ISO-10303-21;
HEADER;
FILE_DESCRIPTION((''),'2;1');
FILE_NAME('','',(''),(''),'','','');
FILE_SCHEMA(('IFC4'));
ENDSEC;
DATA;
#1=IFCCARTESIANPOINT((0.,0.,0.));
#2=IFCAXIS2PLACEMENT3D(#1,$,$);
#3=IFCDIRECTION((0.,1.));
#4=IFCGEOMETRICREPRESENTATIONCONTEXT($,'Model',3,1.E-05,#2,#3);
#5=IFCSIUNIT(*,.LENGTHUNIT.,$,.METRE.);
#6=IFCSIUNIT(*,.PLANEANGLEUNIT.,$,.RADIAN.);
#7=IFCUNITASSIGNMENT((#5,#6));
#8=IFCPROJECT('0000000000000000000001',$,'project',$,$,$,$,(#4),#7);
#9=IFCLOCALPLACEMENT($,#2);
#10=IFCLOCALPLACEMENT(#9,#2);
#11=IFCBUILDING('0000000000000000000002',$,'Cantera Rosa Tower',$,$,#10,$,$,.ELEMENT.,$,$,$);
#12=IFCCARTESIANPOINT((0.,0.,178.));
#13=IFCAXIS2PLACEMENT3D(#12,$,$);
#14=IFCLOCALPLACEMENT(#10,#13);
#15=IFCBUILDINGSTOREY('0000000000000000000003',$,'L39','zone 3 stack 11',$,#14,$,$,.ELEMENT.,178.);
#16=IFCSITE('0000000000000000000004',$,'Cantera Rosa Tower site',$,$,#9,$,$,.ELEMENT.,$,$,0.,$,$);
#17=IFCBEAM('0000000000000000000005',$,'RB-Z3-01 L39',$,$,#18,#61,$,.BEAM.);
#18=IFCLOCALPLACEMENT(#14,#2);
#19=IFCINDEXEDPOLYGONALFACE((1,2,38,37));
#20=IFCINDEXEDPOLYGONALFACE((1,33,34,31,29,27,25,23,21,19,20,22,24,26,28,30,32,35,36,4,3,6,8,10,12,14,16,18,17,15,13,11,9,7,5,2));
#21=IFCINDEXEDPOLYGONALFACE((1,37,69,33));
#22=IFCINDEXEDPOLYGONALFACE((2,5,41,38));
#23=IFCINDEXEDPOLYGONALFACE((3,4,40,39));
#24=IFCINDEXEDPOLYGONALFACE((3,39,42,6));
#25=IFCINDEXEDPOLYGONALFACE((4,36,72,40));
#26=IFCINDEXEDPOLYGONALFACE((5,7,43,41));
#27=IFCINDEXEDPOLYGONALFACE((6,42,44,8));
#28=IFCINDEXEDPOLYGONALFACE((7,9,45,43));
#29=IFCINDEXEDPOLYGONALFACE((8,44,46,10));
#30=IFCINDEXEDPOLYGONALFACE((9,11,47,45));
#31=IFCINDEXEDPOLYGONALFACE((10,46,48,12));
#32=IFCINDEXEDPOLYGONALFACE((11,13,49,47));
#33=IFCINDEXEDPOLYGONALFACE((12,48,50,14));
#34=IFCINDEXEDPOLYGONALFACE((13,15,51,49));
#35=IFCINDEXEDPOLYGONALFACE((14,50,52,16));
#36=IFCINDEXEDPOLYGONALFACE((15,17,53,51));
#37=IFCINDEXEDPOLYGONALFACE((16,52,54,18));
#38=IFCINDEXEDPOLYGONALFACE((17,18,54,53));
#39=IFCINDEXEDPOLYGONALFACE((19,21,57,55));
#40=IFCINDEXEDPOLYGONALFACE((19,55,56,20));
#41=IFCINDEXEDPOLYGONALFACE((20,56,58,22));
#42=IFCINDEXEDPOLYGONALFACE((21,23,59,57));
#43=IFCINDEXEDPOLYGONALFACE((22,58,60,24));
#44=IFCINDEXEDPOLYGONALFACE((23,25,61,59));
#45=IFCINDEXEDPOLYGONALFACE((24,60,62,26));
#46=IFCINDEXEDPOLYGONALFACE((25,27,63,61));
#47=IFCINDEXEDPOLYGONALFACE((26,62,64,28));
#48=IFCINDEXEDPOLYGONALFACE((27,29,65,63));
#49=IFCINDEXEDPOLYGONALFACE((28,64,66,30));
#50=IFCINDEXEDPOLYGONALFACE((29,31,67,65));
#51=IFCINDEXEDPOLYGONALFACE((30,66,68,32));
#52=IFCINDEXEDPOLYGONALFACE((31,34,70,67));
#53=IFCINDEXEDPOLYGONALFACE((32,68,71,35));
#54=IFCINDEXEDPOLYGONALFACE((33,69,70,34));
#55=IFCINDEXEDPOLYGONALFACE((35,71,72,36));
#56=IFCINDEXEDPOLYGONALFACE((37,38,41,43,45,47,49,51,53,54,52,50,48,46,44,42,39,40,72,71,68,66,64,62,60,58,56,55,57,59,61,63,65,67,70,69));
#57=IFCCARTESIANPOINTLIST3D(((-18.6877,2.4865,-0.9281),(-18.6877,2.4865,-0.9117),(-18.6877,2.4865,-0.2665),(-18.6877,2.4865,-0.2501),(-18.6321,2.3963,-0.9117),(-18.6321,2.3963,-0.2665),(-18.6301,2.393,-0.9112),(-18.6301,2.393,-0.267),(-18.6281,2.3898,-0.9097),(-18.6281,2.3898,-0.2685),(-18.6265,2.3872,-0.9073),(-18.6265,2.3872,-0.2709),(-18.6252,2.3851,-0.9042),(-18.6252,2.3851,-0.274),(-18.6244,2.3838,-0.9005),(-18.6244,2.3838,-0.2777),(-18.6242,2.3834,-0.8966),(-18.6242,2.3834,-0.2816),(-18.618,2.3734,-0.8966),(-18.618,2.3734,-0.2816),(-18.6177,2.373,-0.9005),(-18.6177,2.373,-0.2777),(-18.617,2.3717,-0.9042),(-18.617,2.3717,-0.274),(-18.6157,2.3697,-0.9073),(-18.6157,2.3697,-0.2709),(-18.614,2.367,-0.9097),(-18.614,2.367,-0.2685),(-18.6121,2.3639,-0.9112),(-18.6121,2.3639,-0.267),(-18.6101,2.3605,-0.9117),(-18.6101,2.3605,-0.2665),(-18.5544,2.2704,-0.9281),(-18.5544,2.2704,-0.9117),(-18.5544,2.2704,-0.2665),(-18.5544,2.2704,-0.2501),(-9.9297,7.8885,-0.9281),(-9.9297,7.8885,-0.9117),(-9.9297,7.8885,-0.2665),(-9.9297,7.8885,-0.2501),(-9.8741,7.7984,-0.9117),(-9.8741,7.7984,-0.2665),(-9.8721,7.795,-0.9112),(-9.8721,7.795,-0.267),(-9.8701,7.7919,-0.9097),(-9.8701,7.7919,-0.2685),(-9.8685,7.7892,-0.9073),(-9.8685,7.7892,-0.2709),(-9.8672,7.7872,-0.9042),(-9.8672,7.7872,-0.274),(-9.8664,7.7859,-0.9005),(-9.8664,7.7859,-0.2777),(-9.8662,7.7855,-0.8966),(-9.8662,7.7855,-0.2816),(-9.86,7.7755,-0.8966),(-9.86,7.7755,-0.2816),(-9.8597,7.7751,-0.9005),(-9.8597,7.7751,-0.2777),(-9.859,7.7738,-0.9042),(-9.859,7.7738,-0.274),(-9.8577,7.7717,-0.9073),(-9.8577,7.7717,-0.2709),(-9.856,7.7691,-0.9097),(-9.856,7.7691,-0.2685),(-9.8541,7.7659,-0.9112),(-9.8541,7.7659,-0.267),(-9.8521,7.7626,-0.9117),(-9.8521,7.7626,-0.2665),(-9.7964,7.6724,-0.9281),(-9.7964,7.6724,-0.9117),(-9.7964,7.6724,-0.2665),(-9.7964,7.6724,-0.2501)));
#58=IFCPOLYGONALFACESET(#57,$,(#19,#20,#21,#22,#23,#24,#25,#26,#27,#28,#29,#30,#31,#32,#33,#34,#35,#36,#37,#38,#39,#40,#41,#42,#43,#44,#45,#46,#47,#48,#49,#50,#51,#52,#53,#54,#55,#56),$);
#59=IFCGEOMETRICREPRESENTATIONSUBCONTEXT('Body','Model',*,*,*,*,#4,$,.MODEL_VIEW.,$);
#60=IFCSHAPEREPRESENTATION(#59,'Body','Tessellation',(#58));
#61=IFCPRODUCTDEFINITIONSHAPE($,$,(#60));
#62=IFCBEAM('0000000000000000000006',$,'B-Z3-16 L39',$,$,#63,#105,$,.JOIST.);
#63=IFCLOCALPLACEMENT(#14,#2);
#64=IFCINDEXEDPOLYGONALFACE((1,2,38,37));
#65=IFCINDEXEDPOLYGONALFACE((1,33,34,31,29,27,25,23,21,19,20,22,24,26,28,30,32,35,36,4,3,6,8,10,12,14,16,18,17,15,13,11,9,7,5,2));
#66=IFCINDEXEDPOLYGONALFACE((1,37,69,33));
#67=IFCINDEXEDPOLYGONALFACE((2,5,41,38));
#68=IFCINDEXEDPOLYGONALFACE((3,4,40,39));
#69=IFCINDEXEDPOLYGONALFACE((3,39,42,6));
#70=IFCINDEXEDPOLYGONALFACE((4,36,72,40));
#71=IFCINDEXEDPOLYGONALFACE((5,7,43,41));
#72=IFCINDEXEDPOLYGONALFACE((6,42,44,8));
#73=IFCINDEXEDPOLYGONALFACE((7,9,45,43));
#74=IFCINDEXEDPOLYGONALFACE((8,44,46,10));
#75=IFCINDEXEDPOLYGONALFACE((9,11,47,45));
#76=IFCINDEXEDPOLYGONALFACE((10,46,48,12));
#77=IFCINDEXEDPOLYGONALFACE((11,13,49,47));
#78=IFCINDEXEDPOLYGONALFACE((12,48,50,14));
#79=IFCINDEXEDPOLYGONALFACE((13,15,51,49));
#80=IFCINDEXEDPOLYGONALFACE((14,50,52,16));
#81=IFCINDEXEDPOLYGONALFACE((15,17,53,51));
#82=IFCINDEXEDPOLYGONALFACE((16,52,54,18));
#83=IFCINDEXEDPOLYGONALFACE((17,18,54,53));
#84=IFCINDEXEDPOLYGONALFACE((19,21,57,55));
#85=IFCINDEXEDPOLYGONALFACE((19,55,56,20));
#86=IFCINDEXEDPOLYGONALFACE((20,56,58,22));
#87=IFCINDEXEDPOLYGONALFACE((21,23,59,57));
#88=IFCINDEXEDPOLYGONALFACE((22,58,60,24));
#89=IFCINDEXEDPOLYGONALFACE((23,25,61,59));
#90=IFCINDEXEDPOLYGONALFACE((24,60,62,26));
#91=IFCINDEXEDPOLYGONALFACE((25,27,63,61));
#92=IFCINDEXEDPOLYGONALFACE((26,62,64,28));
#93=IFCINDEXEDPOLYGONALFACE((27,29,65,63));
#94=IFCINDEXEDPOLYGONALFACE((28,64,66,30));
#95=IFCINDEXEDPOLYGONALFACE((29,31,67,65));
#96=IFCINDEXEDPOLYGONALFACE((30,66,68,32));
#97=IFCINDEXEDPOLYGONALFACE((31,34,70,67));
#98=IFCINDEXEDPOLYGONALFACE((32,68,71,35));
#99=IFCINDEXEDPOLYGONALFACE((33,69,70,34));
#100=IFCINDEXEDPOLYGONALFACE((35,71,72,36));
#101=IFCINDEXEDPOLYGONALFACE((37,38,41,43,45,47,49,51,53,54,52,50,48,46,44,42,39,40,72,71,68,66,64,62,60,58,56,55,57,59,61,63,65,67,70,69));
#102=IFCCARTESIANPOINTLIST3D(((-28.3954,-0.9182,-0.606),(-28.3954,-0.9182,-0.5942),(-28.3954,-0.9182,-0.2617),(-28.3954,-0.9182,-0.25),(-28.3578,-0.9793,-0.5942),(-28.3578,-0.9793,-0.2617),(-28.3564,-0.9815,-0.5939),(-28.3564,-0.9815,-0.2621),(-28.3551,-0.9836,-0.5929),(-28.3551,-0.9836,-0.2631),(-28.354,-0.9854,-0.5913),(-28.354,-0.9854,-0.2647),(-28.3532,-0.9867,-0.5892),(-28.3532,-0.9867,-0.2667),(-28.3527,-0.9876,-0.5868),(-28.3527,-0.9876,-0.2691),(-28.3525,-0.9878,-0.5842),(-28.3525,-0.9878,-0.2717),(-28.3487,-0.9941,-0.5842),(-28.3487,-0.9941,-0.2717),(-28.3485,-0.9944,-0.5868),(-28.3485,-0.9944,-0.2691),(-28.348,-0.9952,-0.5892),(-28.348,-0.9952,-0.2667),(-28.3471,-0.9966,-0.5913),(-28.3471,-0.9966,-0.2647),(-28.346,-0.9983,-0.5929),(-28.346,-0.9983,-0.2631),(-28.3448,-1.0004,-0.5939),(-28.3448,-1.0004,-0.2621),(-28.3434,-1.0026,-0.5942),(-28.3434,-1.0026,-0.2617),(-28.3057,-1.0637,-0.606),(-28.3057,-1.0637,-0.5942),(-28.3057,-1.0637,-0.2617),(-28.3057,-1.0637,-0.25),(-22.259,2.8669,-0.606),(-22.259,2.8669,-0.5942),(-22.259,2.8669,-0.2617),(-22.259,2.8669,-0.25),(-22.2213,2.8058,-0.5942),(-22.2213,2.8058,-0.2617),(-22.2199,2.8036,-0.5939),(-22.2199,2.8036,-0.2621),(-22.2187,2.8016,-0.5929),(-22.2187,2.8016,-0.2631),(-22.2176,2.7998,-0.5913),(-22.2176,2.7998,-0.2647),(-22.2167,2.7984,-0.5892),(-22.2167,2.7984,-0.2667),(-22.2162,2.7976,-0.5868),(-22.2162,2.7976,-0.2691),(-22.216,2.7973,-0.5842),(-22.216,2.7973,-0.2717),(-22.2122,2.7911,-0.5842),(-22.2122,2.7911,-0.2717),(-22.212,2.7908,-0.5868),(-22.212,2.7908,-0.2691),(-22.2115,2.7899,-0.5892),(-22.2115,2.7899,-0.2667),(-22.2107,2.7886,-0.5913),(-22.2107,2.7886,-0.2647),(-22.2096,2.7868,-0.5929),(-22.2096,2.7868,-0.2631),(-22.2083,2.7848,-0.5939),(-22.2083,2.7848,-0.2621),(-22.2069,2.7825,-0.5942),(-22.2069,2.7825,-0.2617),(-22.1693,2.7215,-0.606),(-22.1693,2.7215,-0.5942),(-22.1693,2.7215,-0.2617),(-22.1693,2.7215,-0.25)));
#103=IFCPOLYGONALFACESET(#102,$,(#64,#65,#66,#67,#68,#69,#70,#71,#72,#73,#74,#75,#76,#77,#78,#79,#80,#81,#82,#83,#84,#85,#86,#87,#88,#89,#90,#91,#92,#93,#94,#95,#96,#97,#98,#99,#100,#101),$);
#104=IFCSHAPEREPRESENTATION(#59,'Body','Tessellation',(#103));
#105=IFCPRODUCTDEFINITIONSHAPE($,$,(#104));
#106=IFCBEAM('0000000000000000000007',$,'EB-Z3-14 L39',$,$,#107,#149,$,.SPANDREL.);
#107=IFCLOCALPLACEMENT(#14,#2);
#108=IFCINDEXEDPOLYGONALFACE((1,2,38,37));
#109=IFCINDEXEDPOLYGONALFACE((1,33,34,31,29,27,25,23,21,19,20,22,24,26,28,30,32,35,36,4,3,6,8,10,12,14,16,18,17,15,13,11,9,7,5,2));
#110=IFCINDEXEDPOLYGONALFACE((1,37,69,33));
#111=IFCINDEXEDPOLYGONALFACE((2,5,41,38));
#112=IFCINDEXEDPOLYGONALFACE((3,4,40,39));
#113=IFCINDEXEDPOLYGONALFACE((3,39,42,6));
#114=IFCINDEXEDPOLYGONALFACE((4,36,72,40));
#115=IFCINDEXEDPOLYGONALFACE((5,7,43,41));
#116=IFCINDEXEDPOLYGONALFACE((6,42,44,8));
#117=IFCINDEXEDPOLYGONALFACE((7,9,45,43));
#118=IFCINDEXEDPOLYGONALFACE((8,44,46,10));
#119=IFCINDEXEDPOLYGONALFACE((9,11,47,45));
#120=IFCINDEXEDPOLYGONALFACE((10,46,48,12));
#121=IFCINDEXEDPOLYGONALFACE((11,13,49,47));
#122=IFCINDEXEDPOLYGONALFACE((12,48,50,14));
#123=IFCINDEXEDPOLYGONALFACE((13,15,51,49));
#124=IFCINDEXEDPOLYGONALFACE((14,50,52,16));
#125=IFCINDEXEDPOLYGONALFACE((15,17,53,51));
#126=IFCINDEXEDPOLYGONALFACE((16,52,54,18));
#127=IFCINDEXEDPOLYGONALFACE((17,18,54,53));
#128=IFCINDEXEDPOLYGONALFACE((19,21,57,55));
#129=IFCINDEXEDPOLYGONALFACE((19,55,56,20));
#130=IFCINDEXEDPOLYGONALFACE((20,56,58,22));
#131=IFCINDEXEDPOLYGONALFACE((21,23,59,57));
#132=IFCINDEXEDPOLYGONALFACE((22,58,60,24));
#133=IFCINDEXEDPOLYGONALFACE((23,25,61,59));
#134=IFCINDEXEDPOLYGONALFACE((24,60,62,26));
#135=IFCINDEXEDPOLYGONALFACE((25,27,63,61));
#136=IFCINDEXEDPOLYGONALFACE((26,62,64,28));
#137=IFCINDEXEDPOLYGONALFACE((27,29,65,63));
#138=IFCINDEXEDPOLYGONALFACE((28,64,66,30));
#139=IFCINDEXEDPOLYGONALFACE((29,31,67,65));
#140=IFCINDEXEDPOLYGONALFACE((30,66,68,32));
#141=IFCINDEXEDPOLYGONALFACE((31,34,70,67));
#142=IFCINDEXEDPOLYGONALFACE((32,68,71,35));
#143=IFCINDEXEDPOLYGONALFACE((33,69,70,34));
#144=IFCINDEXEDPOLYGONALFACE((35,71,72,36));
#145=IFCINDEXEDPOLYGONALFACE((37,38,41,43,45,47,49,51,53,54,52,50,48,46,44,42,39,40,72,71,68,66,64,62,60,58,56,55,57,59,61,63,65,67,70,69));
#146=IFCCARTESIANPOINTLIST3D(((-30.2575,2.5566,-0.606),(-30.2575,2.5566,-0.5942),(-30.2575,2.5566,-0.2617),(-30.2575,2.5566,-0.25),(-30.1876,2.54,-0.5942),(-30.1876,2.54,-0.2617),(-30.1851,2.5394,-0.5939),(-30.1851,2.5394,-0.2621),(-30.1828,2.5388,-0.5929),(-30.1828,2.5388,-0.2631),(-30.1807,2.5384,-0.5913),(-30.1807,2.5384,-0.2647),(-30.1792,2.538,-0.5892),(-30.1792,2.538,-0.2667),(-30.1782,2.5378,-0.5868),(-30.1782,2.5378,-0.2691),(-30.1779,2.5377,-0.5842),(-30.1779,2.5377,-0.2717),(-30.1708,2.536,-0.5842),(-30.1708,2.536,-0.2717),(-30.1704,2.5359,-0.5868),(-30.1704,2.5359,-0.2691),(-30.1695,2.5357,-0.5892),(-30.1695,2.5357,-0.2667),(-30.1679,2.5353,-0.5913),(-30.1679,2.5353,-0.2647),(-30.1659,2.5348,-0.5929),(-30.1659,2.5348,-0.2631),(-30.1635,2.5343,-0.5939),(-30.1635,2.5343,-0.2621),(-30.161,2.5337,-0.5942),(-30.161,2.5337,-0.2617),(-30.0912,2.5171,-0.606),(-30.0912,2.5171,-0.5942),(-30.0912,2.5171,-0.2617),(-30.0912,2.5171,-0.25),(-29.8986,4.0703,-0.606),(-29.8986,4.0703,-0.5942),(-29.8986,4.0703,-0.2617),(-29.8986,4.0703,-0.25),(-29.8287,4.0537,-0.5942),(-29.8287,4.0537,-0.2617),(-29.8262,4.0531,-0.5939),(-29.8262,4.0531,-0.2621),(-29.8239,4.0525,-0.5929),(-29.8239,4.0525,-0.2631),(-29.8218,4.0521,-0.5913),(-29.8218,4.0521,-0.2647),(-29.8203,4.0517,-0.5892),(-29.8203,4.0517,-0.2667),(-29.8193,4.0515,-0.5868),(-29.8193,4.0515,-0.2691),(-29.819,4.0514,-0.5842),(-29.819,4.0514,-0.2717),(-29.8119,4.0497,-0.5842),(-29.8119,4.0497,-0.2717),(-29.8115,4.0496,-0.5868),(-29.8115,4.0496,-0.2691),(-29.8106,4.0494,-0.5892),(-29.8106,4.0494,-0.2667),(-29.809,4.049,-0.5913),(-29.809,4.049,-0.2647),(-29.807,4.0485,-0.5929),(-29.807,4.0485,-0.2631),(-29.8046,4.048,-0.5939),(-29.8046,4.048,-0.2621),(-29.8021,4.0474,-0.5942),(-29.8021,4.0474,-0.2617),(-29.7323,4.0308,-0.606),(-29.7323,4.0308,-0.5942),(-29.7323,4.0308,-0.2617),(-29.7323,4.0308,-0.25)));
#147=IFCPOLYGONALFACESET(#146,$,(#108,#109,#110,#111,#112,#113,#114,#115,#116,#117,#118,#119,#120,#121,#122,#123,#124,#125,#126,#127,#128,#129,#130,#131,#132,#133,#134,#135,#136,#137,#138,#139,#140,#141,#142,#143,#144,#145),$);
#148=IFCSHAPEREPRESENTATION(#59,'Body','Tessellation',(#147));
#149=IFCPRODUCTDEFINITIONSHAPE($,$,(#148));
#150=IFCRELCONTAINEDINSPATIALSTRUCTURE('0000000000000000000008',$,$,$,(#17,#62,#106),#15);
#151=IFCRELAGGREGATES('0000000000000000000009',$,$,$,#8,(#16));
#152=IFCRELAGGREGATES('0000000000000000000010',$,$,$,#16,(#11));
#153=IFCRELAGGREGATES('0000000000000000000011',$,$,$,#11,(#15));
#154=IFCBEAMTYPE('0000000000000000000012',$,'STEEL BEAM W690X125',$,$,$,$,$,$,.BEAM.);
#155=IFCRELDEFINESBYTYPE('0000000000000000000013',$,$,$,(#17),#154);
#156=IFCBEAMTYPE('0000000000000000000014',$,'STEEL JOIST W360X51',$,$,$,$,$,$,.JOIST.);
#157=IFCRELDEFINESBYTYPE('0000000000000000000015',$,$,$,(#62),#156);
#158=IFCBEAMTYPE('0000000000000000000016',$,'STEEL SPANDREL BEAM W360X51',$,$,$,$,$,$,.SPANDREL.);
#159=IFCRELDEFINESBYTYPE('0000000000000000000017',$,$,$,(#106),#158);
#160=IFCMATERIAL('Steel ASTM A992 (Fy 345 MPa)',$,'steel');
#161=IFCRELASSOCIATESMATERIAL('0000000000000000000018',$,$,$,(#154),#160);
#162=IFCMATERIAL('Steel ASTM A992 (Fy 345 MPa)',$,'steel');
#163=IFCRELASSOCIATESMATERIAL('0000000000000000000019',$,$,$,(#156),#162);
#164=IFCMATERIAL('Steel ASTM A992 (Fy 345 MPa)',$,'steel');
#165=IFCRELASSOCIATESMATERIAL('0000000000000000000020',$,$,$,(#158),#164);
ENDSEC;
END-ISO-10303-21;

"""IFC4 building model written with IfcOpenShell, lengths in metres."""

from ifc_helpers import new_model, si_unit, direction, frame, origin, origin_2d, place, context, subcontext, project, spatial, i_section, extrude, material, material_profile, profile_set, type_object, element, save


model = new_model("IFC4")

# Units and contexts
model_context = context("Model", 3, precision=1e-05, world=origin(), true_north=direction((0.0, 1.0)))
body_context = subcontext(model_context, "Body", "Model", "MODEL_VIEW")
ifc_project = project(units=[si_unit("LENGTHUNIT", "METRE"), si_unit("PLANEANGLEUNIT", "RADIAN")], contexts=[model_context])

# Site, building, storey
site_placement = place(None, origin())
site = spatial("IfcSite", under=ifc_project, at=site_placement, Name="Cantera Rosa Tower site", CompositionType="ELEMENT", RefElevation=0.0)
building_placement = place(site_placement, origin())
building = spatial("IfcBuilding", under=site, at=building_placement, Name="Cantera Rosa Tower", CompositionType="ELEMENT")
storey_placement = place(building_placement, frame((0.0, 0.0, 178.0)))
storey = spatial("IfcBuildingStorey", under=building, at=storey_placement, Name="L39", Description="zone 3 stack 11", CompositionType="ELEMENT", Elevation=178.0)

# Beams
ifc_material_1 = material(Name="Steel ASTM A992 (Fy 345 MPa)", Category="steel")
ifc_material_profile_1 = material_profile(ifc_material_1, i_section(OverallWidth=0.2539, OverallDepth=0.678, WebThickness=0.0117, FlangeThickness=0.0164, FilletRadius=0.0151, at=origin_2d()), Name="W690X125")
ifc_profile_set_1 = profile_set([ifc_material_profile_1], Name="Steel ASTM A992 (Fy 345 MPa)")
beam_type_1 = type_object("IfcBeamType", Name="STEEL BEAM W690X125", PredefinedType="BEAM", material=ifc_profile_set_1)
beam_1_placement = place(storey_placement, frame((-18.6211, 2.3784, -0.5891), z_axis=(0.851115, 0.52498, 0.0), x_axis=(-0.52498, 0.851115, 0.0)))
element("IfcBeam", 1, at=beam_1_placement, inside=storey, type_object=beam_type_1, Name="RB-Z3-01 L39", PredefinedType="BEAM", context=body_context, shape_type="SweptSolid", body=[
    extrude(i_section(OverallWidth=0.2539, OverallDepth=0.678, WebThickness=0.0117, FlangeThickness=0.0164, FilletRadius=0.0151, at=origin_2d()), origin(), (0.0, 0.0, 1.0), 10.29),
])
ifc_material_2 = material(Name="Steel ASTM A992 (Fy 345 MPa)", Category="steel")
ifc_material_profile_2 = material_profile(ifc_material_2, i_section(OverallWidth=0.1709, OverallDepth=0.356, WebThickness=0.0073, FlangeThickness=0.0117, FilletRadius=0.01, at=origin_2d()), Name="W360X51")
ifc_profile_set_2 = profile_set([ifc_material_profile_2], Name="Steel ASTM A992 (Fy 345 MPa)")
beam_type_2 = type_object("IfcBeamType", Name="STEEL JOIST W360X51", PredefinedType="JOIST", material=ifc_profile_set_2)
beam_2_placement = place(storey_placement, frame((-28.3506, -0.991, -0.428), z_axis=(0.851109, 0.524989, 0.0), x_axis=(-0.524989, 0.851109, 0.0)))
element("IfcBeam", 2, at=beam_2_placement, inside=storey, type_object=beam_type_2, Name="B-Z3-16 L39", PredefinedType="JOIST", context=body_context, shape_type="SweptSolid", body=[
    extrude(i_section(OverallWidth=0.1709, OverallDepth=0.356, WebThickness=0.0073, FlangeThickness=0.0117, FilletRadius=0.01, at=origin_2d()), origin(), (0.0, 0.0, 1.0), 7.21),
])
ifc_material_3 = material(Name="Steel ASTM A992 (Fy 345 MPa)", Category="steel")
ifc_material_profile_3 = material_profile(ifc_material_3, i_section(OverallWidth=0.1709, OverallDepth=0.356, WebThickness=0.0073, FlangeThickness=0.0117, FilletRadius=0.01, at=origin_2d()), Name="W360X51")
ifc_profile_set_3 = profile_set([ifc_material_profile_3], Name="Steel ASTM A992 (Fy 345 MPa)")
beam_type_3 = type_object("IfcBeamType", Name="STEEL SPANDREL BEAM W360X51", PredefinedType="SPANDREL", material=ifc_profile_set_3)
beam_3_placement = place(storey_placement, frame((-29.8154, 4.0505, -0.428), z_axis=(-0.230701, -0.973025, 0.0), x_axis=(0.973025, -0.230701, 0.0)))
element("IfcBeam", 3, at=beam_3_placement, inside=storey, type_object=beam_type_3, Name="EB-Z3-14 L39", PredefinedType="SPANDREL", context=body_context, shape_type="SweptSolid", body=[
    extrude(i_section(OverallWidth=0.1709, OverallDepth=0.356, WebThickness=0.0073, FlangeThickness=0.0117, FilletRadius=0.01, at=origin_2d()), origin(), (0.0, 0.0, 1.0), 1.5557),
])

save(model, "model.ifc")
